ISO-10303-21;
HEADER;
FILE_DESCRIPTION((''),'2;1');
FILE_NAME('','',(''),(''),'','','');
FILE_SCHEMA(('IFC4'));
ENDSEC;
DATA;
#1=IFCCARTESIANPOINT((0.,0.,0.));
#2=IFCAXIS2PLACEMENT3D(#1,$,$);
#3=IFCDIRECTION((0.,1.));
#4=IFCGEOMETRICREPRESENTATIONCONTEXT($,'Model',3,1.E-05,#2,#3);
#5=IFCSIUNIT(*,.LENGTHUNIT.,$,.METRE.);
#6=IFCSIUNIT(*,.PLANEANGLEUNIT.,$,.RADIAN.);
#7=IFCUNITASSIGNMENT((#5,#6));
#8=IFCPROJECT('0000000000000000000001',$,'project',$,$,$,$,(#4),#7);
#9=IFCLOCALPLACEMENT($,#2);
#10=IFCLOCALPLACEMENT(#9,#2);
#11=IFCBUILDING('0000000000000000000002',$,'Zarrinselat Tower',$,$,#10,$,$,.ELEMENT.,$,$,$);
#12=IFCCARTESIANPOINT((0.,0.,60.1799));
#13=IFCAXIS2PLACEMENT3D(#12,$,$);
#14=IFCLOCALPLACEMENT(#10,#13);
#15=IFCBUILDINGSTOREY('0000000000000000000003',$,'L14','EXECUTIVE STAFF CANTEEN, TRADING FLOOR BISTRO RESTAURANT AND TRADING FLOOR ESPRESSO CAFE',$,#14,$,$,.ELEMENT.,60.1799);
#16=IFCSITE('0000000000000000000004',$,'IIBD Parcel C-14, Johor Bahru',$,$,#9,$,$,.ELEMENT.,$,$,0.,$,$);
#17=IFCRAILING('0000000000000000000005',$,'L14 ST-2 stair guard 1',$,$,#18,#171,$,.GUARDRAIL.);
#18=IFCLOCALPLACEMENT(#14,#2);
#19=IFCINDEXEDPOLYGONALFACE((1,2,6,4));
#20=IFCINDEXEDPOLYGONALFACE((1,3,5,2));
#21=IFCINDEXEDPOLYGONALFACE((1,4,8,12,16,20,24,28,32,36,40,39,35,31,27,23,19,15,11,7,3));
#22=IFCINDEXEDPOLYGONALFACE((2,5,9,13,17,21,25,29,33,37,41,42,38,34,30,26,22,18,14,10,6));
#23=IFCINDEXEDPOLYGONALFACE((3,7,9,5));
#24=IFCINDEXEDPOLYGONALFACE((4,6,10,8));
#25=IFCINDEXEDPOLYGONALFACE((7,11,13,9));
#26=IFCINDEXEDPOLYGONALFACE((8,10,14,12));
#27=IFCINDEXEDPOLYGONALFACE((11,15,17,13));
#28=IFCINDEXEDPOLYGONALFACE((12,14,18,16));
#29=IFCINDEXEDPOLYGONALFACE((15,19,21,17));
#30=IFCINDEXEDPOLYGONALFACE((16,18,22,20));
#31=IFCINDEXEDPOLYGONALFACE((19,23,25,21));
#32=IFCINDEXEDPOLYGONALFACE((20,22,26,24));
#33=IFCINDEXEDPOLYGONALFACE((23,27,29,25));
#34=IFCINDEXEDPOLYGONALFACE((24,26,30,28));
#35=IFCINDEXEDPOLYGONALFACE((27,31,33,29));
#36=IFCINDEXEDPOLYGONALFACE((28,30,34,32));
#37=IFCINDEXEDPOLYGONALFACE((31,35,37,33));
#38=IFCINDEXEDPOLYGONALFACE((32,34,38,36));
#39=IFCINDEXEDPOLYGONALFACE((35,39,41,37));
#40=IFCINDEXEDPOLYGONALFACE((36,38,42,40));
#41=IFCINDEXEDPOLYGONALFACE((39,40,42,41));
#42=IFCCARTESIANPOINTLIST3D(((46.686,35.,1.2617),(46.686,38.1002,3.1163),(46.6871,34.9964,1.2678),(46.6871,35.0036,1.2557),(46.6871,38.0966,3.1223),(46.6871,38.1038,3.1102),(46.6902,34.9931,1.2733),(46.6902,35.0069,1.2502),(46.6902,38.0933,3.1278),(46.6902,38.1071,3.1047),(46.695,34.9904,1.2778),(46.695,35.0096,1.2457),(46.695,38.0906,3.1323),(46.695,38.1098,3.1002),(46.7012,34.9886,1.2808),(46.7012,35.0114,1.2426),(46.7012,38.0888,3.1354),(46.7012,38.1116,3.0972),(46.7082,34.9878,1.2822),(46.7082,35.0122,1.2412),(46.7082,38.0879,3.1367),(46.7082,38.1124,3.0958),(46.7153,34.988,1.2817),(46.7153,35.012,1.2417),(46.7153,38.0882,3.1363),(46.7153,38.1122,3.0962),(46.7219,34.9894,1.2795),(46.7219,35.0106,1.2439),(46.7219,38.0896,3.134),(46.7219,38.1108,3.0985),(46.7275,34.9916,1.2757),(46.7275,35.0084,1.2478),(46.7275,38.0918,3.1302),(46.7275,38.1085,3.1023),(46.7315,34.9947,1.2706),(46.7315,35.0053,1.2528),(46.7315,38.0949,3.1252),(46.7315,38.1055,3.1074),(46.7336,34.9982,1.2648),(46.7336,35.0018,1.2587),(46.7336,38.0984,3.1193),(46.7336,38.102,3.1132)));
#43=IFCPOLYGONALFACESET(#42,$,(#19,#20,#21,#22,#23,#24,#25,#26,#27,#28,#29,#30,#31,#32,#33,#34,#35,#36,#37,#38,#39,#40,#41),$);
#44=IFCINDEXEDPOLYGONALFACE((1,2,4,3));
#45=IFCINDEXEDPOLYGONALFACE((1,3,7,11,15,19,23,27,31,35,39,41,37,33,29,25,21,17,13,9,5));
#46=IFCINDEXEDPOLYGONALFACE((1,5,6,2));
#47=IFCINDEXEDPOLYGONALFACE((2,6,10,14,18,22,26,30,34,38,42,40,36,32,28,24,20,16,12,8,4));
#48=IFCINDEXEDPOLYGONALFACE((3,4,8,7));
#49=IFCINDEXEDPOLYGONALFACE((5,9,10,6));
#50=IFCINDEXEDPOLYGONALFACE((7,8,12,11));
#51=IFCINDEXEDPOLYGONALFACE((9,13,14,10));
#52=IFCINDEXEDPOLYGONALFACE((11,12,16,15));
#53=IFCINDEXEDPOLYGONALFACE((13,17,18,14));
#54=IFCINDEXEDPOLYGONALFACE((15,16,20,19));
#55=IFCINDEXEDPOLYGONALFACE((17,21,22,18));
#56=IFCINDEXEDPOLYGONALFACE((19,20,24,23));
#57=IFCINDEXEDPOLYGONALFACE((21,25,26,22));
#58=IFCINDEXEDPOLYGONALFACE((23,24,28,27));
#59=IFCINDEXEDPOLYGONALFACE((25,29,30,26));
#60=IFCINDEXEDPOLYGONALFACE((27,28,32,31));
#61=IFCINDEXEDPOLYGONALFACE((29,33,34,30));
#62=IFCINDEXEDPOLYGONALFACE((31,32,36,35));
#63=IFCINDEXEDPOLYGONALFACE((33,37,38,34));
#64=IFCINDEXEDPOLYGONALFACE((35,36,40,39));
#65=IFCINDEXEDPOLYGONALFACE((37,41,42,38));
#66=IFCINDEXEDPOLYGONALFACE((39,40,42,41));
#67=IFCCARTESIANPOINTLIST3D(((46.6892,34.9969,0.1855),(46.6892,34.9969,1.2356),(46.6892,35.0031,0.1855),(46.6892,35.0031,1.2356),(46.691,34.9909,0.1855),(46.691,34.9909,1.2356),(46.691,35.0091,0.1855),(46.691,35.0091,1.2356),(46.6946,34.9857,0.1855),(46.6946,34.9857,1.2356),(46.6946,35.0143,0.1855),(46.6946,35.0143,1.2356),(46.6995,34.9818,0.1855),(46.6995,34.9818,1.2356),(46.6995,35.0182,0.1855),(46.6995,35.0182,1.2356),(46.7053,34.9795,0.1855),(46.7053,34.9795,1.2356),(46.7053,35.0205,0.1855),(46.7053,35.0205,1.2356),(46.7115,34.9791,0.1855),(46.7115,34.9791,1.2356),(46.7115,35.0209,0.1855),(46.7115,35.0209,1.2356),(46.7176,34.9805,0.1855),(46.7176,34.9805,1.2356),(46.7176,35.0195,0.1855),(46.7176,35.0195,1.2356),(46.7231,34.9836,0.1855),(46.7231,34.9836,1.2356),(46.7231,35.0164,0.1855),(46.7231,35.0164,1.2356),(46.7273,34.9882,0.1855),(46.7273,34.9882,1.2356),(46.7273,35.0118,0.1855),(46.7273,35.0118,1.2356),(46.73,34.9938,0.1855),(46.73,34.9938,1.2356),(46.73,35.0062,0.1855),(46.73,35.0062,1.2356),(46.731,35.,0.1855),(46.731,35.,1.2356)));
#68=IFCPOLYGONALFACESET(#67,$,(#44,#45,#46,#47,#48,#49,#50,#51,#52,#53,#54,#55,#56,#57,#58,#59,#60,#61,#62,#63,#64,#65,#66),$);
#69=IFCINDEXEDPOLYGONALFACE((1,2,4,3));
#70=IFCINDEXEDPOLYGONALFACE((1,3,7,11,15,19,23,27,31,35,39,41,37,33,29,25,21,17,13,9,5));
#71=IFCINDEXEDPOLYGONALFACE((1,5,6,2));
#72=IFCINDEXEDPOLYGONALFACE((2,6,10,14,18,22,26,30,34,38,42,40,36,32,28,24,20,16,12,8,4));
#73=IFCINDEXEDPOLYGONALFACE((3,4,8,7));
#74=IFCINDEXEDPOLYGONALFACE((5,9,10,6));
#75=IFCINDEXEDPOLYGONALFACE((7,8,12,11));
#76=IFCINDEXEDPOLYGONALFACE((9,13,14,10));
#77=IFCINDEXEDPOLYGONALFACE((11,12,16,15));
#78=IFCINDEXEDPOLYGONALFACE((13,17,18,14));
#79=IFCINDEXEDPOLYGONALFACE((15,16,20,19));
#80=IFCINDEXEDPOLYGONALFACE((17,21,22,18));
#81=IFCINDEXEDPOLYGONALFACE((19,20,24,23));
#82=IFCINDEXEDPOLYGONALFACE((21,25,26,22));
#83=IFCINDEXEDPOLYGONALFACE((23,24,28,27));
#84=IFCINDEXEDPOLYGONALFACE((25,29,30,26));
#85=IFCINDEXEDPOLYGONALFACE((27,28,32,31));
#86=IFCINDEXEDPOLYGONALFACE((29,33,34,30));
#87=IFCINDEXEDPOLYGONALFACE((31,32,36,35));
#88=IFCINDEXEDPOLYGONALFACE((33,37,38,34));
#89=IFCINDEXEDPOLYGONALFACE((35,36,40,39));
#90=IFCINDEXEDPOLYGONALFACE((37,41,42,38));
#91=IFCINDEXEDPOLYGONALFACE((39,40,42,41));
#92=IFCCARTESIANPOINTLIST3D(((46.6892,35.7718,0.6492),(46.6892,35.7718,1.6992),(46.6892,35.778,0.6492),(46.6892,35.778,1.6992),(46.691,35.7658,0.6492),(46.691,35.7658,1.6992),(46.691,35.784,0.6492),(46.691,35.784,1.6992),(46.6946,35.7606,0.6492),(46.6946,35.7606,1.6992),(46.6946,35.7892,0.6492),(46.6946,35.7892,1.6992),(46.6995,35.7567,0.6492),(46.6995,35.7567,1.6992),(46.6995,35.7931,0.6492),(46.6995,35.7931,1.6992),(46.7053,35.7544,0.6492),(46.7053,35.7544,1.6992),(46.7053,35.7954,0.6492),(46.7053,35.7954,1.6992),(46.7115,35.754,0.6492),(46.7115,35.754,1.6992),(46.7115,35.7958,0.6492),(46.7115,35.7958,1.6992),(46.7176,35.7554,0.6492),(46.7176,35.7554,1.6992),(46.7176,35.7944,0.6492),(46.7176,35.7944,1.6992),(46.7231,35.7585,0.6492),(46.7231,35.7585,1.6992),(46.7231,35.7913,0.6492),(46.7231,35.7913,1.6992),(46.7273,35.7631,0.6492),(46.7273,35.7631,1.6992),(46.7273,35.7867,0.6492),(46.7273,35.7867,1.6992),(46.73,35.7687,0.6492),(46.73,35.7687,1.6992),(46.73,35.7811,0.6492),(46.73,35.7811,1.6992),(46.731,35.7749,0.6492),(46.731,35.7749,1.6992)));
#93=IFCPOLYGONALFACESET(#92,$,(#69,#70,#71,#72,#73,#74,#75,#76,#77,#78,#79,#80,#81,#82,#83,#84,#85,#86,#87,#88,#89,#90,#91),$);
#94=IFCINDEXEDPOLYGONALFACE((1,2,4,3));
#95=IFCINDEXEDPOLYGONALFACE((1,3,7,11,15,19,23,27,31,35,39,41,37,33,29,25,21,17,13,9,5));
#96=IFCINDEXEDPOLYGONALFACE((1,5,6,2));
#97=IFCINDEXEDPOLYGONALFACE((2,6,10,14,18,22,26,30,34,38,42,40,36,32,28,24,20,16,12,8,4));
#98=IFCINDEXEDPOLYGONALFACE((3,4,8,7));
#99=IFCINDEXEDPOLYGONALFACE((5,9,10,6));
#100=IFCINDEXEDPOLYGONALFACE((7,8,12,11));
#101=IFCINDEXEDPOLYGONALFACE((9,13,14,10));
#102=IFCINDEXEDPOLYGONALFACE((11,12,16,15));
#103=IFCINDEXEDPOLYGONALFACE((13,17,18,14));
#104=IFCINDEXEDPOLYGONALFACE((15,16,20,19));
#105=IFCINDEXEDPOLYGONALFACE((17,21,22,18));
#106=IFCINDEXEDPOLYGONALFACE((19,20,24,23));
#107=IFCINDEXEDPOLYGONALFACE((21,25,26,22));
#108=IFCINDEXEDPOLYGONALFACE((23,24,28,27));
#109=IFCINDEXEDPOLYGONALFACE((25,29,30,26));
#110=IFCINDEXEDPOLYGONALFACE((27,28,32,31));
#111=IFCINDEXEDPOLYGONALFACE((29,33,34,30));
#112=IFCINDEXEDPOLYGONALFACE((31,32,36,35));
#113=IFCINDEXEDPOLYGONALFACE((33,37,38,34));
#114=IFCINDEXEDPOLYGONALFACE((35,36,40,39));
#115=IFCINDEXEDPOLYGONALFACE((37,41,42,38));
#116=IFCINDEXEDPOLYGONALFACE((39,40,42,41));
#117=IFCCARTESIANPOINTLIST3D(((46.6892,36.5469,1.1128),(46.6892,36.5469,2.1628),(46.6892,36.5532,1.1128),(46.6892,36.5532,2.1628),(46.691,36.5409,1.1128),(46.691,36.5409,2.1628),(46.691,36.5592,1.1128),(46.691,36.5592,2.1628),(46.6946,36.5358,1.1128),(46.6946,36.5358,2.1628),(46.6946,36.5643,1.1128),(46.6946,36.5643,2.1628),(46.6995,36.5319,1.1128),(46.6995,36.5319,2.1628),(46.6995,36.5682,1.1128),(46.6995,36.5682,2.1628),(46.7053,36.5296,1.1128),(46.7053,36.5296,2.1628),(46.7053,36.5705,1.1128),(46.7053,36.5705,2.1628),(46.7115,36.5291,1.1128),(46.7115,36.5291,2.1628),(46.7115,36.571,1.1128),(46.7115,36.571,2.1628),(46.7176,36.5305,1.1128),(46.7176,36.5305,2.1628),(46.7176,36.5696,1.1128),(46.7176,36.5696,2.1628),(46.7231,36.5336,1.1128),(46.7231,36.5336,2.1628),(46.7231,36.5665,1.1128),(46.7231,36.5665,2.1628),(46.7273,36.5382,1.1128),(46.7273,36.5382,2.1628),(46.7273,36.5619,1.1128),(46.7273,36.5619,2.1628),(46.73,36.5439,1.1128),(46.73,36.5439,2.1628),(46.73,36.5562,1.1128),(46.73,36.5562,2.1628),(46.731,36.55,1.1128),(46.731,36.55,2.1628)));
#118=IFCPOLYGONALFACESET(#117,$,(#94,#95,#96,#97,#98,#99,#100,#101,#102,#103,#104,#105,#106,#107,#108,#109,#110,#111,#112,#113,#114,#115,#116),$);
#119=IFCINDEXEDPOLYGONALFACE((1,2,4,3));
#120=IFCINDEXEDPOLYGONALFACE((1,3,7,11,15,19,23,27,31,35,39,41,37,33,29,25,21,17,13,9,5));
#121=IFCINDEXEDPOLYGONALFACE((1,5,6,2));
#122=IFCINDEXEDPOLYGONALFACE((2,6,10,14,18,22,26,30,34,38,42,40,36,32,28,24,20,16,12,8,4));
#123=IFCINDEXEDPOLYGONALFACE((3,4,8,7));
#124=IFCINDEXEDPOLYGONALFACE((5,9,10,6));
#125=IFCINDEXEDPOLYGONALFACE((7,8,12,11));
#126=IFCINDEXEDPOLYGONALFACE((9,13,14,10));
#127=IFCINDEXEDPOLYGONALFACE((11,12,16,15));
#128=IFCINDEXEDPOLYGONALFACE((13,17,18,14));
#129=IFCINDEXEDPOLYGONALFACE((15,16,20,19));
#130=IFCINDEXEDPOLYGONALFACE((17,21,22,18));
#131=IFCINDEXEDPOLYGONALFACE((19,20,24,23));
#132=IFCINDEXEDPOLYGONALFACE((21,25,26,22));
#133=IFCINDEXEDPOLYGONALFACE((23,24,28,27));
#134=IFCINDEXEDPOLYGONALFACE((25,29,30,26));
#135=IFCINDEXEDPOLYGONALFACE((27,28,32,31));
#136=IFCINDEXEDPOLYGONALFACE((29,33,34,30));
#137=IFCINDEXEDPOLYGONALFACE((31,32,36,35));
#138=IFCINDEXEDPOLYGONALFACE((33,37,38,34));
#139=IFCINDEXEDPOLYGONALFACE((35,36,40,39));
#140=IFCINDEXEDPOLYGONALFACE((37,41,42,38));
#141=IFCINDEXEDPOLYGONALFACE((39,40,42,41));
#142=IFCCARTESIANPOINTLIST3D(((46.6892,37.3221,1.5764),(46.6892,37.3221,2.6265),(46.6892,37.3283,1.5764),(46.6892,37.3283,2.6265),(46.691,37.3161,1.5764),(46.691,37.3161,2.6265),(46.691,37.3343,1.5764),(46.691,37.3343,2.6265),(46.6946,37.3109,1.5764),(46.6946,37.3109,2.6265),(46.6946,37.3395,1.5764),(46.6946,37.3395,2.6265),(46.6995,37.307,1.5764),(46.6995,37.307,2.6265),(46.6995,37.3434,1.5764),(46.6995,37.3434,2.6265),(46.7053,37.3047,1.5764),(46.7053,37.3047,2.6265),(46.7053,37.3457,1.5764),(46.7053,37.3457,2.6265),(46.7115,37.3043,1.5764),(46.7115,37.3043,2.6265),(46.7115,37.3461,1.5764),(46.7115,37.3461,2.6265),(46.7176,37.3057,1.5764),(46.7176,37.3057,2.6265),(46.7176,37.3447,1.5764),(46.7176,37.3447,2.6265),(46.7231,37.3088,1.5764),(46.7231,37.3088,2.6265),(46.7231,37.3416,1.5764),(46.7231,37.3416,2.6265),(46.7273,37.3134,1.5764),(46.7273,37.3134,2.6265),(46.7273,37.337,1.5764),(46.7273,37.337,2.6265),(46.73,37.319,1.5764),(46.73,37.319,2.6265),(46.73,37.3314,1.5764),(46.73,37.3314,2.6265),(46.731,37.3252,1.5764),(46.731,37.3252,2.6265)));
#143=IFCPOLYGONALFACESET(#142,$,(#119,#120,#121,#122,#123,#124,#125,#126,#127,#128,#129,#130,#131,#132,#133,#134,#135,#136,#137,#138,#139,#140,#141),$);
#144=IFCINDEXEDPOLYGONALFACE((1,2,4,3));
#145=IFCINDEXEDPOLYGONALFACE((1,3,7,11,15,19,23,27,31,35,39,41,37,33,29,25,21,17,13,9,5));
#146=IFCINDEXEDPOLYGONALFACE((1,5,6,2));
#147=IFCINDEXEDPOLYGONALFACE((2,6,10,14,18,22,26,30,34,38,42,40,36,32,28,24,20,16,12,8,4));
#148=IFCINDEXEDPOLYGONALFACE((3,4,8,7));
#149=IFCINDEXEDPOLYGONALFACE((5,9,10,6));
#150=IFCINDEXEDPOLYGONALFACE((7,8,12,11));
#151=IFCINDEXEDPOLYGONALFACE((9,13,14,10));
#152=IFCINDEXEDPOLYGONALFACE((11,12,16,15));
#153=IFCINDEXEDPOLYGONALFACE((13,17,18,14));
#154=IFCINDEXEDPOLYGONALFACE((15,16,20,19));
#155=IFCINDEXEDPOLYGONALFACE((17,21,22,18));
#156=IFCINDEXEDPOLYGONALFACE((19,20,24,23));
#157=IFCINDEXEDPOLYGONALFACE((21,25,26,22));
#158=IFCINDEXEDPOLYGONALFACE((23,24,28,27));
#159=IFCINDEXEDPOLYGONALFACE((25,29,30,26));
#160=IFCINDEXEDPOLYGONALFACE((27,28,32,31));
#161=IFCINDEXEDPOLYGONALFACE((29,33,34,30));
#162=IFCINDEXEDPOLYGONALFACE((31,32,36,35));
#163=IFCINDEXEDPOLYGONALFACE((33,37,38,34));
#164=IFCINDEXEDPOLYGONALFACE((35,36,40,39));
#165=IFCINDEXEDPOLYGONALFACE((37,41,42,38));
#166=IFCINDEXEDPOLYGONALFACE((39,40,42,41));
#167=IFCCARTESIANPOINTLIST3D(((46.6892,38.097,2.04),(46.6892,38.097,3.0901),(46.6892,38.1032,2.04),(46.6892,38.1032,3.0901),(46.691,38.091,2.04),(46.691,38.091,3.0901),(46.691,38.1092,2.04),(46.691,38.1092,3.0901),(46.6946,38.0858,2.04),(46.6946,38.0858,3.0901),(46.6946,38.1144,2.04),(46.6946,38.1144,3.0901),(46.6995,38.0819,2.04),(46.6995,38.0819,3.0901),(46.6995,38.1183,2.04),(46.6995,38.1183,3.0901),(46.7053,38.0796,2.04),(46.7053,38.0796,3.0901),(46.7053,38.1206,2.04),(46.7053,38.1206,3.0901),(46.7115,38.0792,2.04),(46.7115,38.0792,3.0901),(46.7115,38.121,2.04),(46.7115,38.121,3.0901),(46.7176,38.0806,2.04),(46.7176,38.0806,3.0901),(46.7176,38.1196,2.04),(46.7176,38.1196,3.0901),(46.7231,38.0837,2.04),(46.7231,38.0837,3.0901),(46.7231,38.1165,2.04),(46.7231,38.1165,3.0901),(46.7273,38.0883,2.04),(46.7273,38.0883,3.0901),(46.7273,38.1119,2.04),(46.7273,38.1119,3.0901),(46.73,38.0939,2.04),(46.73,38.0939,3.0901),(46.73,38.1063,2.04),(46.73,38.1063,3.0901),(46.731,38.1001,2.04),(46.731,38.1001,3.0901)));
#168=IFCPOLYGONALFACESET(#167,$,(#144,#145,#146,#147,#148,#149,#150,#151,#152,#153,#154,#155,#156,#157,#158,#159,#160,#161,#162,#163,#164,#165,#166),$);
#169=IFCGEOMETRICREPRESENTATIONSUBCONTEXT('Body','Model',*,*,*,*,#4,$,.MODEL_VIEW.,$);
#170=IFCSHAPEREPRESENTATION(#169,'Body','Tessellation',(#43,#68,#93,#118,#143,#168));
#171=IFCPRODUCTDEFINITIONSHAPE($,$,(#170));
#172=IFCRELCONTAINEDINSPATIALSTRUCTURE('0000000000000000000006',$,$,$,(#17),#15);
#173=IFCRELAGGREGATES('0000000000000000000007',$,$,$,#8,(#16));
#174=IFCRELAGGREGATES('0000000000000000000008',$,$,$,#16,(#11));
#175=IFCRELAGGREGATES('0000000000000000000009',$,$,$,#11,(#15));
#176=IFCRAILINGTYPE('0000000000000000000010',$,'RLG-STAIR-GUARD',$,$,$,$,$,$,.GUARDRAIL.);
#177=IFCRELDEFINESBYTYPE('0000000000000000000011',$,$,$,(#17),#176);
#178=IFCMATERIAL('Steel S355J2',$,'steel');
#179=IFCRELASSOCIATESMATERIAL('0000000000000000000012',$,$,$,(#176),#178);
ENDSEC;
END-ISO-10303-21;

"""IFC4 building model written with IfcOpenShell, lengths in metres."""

from ifc_helpers import new_model, si_unit, direction, frame, origin, origin_2d, place, context, subcontext, project, spatial, circle, extrude, material, type_object, element, save


model = new_model("IFC4")

# Units and contexts
model_context = context("Model", 3, precision=1e-05, world=origin(), true_north=direction((0.0, 1.0)))
body_context = subcontext(model_context, "Body", "Model", "MODEL_VIEW")
ifc_project = project(units=[si_unit("LENGTHUNIT", "METRE"), si_unit("PLANEANGLEUNIT", "RADIAN")], contexts=[model_context])

# Site, building, storey
site_placement = place(None, origin())
site = spatial("IfcSite", under=ifc_project, at=site_placement, Name="IIBD Parcel C-14, Johor Bahru", CompositionType="ELEMENT", RefElevation=0.0)
building_placement = place(site_placement, origin())
building = spatial("IfcBuilding", under=site, at=building_placement, Name="Zarrinselat Tower", CompositionType="ELEMENT")
storey_placement = place(building_placement, frame((0.0, 0.0, 60.1799)))
storey = spatial("IfcBuildingStorey", under=building, at=storey_placement, Name="L14", Description="EXECUTIVE STAFF CANTEEN, TRADING FLOOR BISTRO RESTAURANT AND TRADING FLOOR ESPRESSO CAFE", CompositionType="ELEMENT", Elevation=60.1799)

# Railing
ifc_material_1 = material(Name="Steel S355J2", Category="steel")
railing_type_1 = type_object("IfcRailingType", Name="RLG-STAIR-GUARD", PredefinedType="GUARDRAIL", material=ifc_material_1)
railing_1_placement = place(storey_placement, frame((46.71, 35.0, 0.1855)))
element("IfcRailing", 1, at=railing_1_placement, inside=storey, type_object=railing_type_1, Name="L14 ST-2 stair guard 1", PredefinedType="GUARDRAIL", context=body_context, shape_type="SweptSolid", body=[
    extrude(circle(Radius=0.0239, at=origin_2d()), frame((0.0, 0.0, 1.0762), z_axis=(0.0, 0.858172, 0.513362), x_axis=(-1.0, 0.0, 0.0)), (0.0, 0.0, 1.0), 3.6125),
    extrude(circle(Radius=0.021, at=origin_2d()), origin(), (0.0, 0.0, 1.0), 1.05),
    extrude(circle(Radius=0.021, at=origin_2d()), frame((0.0, 0.7749, 0.4636)), (0.0, 0.0, 1.0), 1.05),
    extrude(circle(Radius=0.021, at=origin_2d()), frame((0.0, 1.55, 0.9272)), (0.0, 0.0, 1.0), 1.05),
    extrude(circle(Radius=0.021, at=origin_2d()), frame((0.0, 2.3252, 1.3909)), (0.0, 0.0, 1.0), 1.05),
    extrude(circle(Radius=0.021, at=origin_2d()), frame((0.0, 3.1001, 1.8545)), (0.0, 0.0, 1.0), 1.05),
])

save(model, "model.ifc")
